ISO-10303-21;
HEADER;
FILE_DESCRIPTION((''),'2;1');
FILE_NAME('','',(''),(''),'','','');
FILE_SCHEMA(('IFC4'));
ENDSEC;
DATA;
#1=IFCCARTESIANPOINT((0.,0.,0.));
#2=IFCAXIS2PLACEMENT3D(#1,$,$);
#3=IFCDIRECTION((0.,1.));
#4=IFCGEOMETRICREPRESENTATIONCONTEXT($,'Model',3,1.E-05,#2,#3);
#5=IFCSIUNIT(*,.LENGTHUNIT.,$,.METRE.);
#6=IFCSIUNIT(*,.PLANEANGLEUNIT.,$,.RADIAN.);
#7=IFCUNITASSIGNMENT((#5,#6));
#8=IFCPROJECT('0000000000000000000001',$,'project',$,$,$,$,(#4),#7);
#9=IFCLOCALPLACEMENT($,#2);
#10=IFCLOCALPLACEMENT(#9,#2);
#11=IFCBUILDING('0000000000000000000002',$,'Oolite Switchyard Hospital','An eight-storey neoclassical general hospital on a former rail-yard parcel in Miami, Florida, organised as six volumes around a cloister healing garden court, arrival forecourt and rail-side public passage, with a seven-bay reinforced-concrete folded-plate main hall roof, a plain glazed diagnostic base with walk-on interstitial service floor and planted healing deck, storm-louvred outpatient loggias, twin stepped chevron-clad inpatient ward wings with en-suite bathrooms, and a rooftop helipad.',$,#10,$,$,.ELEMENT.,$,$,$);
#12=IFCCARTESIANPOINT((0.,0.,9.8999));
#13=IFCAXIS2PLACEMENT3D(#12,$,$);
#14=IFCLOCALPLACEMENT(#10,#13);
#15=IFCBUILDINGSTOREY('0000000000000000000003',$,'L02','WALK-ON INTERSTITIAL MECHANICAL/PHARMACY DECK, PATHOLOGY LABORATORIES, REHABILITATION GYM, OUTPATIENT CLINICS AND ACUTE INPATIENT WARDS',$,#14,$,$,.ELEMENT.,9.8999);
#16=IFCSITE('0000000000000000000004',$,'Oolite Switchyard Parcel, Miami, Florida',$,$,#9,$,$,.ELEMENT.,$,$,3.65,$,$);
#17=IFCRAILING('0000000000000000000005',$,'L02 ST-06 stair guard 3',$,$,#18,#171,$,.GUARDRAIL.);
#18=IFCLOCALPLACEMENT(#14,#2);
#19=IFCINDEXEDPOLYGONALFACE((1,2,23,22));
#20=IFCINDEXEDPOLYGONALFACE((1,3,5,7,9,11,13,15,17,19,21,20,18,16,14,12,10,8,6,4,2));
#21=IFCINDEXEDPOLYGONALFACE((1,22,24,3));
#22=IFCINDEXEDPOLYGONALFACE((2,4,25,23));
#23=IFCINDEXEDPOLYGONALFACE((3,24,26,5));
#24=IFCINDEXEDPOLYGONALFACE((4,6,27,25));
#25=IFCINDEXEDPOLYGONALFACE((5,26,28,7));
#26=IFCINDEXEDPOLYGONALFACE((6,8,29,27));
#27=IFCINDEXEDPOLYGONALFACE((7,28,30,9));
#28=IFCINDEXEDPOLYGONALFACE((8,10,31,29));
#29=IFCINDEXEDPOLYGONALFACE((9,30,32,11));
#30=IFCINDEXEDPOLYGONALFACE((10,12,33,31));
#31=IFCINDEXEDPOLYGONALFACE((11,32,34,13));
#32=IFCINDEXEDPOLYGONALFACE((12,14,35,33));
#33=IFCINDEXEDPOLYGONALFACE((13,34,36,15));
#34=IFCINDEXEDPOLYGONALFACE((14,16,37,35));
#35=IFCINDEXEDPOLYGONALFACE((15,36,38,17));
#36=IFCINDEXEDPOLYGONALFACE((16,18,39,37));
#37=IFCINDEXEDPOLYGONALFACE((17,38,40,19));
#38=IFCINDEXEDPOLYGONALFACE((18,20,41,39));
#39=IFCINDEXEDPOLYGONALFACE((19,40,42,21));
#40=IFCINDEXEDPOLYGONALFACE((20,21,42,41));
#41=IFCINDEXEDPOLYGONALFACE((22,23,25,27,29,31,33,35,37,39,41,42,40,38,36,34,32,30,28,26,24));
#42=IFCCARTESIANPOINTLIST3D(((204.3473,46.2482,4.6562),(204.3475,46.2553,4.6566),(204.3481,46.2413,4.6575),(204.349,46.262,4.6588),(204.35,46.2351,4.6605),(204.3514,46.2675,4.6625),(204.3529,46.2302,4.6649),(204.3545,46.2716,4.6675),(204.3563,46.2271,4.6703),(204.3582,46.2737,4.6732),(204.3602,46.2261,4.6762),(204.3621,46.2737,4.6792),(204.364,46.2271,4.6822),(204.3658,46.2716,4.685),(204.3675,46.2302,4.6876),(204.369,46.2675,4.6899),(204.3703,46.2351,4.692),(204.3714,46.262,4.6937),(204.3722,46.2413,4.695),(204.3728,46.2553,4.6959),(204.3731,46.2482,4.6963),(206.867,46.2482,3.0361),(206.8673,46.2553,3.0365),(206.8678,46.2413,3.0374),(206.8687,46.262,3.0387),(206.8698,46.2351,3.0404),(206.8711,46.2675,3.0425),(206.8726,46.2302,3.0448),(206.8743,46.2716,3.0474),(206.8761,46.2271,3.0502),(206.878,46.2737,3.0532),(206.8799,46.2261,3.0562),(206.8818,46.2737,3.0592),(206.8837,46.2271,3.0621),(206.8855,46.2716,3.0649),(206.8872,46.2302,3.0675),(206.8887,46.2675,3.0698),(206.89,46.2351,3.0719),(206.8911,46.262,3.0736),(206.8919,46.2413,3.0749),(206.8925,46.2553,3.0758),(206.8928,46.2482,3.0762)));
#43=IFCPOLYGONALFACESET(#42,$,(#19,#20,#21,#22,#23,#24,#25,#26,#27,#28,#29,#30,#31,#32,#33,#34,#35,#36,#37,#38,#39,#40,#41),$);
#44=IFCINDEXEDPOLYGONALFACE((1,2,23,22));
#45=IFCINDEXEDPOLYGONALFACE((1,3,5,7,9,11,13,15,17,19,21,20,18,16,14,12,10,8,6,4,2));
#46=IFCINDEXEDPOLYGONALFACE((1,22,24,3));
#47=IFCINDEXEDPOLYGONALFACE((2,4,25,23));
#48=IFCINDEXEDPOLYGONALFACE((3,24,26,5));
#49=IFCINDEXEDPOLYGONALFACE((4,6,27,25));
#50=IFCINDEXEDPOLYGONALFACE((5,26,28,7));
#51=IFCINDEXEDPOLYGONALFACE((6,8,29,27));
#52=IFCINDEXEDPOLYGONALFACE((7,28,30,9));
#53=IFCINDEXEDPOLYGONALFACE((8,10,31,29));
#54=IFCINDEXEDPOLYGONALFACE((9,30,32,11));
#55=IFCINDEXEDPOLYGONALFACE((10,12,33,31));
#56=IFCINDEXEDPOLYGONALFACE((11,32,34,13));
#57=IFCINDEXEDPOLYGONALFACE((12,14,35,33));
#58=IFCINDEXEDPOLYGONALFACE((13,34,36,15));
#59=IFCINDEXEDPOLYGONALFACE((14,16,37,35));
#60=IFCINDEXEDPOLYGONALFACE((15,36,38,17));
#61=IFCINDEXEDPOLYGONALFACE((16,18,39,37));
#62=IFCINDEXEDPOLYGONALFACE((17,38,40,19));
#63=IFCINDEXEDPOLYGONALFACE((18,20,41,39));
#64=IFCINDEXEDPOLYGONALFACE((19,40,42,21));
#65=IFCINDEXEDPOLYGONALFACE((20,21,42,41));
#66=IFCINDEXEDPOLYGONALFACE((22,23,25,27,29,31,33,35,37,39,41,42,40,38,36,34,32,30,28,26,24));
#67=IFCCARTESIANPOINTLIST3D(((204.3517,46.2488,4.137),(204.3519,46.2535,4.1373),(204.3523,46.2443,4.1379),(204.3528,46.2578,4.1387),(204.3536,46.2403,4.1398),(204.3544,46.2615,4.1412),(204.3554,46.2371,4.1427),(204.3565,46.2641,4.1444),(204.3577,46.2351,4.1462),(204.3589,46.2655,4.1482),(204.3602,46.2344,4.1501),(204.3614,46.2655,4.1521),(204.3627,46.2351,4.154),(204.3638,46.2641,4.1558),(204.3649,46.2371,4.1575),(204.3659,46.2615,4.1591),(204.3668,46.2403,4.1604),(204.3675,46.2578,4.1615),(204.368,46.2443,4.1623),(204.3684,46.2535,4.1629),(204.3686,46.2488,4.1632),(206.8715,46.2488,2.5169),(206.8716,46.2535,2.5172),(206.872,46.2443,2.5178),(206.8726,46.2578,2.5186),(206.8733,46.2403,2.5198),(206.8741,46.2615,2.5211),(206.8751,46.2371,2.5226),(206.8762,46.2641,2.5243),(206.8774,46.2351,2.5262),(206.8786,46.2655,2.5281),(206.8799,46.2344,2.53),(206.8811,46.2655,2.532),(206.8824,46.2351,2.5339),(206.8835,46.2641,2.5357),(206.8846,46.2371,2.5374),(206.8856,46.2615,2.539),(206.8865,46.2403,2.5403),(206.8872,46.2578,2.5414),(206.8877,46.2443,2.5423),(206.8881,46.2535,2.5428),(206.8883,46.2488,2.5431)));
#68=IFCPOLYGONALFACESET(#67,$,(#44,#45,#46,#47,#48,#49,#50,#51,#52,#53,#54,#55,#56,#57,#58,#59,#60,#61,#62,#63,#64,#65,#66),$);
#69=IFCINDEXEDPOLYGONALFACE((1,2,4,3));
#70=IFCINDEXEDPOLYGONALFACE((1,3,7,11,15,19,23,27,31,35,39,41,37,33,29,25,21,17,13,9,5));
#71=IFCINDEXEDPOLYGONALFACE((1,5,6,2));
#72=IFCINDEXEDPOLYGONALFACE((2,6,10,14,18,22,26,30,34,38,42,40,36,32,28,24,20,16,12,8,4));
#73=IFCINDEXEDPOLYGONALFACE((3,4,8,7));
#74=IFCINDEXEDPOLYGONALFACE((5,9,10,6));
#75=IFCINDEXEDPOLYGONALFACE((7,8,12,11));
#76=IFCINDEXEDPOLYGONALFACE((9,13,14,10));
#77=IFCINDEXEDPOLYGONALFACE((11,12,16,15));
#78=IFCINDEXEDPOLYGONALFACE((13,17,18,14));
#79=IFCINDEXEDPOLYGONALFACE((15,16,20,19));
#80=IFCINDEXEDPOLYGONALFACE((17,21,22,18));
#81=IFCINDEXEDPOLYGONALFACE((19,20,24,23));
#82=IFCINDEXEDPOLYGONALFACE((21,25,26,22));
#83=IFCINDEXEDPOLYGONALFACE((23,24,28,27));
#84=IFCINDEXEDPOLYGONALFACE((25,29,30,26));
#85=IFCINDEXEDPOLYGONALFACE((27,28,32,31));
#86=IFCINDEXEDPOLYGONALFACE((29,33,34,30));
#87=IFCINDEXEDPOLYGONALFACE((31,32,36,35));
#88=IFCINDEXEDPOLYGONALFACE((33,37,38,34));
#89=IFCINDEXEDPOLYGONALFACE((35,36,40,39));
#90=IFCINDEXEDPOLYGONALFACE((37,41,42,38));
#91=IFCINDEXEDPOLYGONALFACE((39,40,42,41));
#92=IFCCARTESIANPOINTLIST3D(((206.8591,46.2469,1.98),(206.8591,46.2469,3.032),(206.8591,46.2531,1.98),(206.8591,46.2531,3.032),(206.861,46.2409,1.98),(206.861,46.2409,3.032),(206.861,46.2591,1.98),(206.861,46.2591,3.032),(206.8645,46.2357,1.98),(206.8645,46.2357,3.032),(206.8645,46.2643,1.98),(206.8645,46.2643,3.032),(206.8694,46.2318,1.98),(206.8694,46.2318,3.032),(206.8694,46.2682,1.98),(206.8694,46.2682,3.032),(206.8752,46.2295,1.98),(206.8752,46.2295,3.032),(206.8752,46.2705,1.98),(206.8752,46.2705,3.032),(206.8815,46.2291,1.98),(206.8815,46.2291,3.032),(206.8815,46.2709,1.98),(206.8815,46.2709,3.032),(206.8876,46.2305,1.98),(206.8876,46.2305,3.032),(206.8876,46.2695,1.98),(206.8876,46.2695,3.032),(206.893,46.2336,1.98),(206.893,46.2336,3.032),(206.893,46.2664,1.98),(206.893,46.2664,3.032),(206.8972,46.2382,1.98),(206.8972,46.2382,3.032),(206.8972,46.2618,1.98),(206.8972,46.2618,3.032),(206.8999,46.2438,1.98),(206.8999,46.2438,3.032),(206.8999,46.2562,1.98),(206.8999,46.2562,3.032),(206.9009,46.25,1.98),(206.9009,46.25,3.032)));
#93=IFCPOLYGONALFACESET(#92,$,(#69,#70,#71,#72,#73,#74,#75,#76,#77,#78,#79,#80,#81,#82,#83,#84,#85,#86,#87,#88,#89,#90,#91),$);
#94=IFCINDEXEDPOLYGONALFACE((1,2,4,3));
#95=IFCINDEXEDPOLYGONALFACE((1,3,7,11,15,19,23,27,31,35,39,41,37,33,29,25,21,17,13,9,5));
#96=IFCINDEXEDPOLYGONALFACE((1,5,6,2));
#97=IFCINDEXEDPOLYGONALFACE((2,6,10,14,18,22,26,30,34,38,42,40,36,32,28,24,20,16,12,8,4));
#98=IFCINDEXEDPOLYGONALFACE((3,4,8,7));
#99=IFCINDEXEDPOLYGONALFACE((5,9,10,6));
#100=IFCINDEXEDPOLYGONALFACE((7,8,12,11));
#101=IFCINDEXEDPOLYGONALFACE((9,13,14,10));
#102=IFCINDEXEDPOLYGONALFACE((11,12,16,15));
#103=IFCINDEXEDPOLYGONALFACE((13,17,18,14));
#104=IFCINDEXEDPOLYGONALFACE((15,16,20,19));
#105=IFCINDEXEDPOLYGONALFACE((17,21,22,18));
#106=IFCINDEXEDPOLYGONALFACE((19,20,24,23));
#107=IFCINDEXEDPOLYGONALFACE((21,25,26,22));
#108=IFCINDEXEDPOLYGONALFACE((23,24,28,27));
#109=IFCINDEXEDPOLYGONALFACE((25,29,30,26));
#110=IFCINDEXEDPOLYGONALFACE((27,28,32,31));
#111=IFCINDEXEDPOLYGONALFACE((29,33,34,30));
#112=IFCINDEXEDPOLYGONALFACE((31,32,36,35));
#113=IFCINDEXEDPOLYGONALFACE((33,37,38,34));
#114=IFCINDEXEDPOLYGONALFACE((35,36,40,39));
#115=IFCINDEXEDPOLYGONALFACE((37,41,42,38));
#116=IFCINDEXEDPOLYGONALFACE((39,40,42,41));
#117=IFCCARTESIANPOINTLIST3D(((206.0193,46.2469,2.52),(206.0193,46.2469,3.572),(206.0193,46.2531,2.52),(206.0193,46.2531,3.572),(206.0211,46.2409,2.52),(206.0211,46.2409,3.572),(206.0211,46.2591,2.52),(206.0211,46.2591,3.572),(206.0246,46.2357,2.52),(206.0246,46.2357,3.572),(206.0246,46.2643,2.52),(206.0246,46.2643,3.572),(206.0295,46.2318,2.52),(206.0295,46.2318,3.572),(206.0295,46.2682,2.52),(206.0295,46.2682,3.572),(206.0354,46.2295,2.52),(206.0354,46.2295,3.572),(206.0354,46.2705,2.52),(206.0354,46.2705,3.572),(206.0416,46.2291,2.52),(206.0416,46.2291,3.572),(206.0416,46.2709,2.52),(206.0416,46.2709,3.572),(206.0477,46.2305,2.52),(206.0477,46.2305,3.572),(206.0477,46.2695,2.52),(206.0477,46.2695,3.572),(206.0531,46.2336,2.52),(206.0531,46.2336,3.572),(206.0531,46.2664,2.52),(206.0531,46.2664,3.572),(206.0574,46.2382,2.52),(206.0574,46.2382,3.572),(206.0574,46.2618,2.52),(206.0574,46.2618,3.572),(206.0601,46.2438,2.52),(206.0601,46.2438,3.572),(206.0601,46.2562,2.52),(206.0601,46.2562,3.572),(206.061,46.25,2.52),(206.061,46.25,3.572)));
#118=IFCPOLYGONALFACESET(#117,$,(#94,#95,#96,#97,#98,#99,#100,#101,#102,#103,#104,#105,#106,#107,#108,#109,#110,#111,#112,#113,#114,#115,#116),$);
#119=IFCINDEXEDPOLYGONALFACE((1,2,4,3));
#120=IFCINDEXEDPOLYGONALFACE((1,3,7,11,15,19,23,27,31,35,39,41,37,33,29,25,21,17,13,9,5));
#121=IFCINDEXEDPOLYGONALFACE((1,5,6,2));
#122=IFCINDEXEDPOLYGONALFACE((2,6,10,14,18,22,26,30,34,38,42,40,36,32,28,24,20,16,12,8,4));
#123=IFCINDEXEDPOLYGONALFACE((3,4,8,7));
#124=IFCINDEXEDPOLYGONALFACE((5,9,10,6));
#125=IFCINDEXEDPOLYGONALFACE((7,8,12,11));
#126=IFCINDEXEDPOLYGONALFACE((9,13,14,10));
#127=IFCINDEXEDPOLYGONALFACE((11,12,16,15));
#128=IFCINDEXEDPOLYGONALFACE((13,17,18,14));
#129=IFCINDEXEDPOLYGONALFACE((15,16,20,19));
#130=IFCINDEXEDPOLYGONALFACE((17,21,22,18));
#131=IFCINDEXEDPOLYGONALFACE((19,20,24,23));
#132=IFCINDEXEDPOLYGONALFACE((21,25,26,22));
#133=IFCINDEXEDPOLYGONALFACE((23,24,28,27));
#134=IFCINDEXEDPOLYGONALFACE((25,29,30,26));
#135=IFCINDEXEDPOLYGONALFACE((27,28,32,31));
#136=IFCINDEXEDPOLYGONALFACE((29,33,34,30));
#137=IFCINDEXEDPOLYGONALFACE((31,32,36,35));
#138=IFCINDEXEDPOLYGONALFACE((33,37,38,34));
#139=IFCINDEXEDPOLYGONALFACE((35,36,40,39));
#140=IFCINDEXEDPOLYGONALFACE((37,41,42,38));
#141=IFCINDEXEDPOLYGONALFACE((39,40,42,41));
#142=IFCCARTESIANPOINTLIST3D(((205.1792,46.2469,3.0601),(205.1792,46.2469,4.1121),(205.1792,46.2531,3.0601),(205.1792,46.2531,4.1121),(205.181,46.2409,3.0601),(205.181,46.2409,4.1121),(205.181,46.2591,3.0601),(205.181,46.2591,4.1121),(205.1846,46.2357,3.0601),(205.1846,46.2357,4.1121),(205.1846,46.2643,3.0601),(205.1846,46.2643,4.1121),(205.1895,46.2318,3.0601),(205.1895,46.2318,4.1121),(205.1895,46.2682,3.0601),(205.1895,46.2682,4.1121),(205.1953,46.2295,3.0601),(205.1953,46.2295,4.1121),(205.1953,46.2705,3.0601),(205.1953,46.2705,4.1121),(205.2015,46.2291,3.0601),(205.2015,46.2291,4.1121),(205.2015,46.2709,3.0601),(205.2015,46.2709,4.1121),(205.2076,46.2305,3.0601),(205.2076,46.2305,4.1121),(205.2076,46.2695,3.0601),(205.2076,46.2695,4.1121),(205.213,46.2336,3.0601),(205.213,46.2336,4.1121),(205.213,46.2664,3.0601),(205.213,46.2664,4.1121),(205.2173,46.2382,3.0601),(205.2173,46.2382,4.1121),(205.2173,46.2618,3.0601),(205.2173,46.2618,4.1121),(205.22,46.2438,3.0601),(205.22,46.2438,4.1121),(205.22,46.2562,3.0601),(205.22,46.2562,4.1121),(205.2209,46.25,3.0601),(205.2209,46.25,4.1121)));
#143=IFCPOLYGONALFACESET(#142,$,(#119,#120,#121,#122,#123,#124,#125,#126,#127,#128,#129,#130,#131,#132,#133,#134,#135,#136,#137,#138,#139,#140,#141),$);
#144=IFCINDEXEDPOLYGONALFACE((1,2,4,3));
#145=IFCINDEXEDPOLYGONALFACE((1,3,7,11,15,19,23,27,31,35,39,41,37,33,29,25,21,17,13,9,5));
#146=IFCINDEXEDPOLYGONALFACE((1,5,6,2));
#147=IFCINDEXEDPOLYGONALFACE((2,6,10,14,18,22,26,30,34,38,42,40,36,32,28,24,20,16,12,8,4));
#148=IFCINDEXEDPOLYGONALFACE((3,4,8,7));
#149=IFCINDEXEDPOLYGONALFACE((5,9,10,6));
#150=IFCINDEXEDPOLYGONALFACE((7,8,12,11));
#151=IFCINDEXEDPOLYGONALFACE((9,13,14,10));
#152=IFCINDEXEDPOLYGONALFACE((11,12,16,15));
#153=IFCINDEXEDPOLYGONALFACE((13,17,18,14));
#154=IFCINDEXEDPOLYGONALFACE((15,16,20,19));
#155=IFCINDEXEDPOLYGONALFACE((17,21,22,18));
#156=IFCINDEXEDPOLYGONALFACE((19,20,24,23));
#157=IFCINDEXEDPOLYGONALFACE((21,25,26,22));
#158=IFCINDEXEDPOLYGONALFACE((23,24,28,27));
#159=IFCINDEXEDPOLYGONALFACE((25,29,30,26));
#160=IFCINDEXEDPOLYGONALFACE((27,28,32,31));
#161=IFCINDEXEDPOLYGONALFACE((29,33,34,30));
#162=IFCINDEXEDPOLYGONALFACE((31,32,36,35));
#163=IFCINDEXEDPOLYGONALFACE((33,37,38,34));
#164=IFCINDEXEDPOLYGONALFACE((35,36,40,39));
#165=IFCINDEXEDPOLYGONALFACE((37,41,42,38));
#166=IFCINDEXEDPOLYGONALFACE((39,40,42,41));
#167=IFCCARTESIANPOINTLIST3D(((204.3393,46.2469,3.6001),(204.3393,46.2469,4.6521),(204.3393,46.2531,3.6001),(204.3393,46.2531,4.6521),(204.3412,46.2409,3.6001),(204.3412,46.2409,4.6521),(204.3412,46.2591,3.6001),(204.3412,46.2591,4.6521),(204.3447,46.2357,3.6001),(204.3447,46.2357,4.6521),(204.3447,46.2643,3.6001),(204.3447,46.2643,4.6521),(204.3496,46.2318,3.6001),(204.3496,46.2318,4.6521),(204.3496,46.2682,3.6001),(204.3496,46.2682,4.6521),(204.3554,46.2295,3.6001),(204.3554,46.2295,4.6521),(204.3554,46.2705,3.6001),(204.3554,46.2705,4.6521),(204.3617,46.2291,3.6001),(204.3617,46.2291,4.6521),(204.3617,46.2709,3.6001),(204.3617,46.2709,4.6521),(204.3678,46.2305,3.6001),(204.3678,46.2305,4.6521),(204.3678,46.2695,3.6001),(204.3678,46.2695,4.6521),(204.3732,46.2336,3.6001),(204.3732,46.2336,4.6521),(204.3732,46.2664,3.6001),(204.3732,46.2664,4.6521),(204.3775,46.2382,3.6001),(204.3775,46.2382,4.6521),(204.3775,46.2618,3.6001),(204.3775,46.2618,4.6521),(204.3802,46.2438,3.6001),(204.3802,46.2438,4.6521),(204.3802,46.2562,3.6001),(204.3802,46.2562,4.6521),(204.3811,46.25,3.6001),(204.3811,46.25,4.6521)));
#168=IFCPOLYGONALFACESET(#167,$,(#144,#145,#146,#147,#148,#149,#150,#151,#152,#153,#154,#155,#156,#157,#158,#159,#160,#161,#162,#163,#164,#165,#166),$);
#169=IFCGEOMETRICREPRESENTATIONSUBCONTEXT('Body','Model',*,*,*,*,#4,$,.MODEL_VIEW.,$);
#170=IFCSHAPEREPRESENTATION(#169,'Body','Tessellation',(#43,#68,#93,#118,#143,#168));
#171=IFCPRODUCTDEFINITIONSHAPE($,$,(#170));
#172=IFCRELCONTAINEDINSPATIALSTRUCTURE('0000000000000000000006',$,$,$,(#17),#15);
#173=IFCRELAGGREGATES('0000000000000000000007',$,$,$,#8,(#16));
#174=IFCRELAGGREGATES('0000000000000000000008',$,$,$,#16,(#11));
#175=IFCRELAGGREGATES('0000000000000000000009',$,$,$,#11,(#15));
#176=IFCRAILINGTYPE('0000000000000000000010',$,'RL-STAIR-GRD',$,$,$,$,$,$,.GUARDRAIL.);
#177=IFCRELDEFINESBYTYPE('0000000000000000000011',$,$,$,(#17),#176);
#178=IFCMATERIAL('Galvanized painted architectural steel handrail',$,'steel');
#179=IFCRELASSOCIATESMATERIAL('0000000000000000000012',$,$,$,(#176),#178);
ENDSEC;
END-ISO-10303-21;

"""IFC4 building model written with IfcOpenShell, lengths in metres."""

from ifc_helpers import new_model, si_unit, direction, frame, origin, origin_2d, place, context, subcontext, project, spatial, circle, extrude, material, type_object, element, save


model = new_model("IFC4")

# Units and contexts
model_context = context("Model", 3, precision=1e-05, world=origin(), true_north=direction((0.0, 1.0)))
body_context = subcontext(model_context, "Body", "Model", "MODEL_VIEW")
ifc_project = project(units=[si_unit("LENGTHUNIT", "METRE"), si_unit("PLANEANGLEUNIT", "RADIAN")], contexts=[model_context])

# Site, building, storey
site_placement = place(None, origin())
site = spatial("IfcSite", under=ifc_project, at=site_placement, Name="Oolite Switchyard Parcel, Miami, Florida", CompositionType="ELEMENT", RefElevation=3.65)
building_placement = place(site_placement, origin())
building = spatial("IfcBuilding", under=site, at=building_placement, Name="Oolite Switchyard Hospital", Description="An eight-storey neoclassical general hospital on a former rail-yard parcel in Miami, Florida, organised as six volumes around a cloister healing garden court, arrival forecourt and rail-side public passage, with a seven-bay reinforced-concrete folded-plate main hall roof, a plain glazed diagnostic base with walk-on interstitial service floor and planted healing deck, storm-louvred outpatient loggias, twin stepped chevron-clad inpatient ward wings with en-suite bathrooms, and a rooftop helipad.", CompositionType="ELEMENT")
storey_placement = place(building_placement, frame((0.0, 0.0, 9.8999)))
storey = spatial("IfcBuildingStorey", under=building, at=storey_placement, Name="L02", Description="WALK-ON INTERSTITIAL MECHANICAL/PHARMACY DECK, PATHOLOGY LABORATORIES, REHABILITATION GYM, OUTPATIENT CLINICS AND ACUTE INPATIENT WARDS", CompositionType="ELEMENT", Elevation=9.8999)

# Railing
ifc_material_1 = material(Name="Galvanized painted architectural steel handrail", Category="steel")
railing_type_1 = type_object("IfcRailingType", Name="RL-STAIR-GRD", PredefinedType="GUARDRAIL", material=ifc_material_1)
railing_1_placement = place(storey_placement, frame((206.8799, 46.25, 1.98)))
element("IfcRailing", 1, at=railing_1_placement, inside=storey, type_object=railing_type_1, Name="L02 ST-06 stair guard 3", PredefinedType="GUARDRAIL", context=body_context, shape_type="SweptSolid", body=[
    extrude(circle(Radius=0.0239, at=origin_2d()), frame((0.0, 0.0, 1.0762), z_axis=(-0.841139, 0.0, 0.540819), x_axis=(0.0, -1.0, 0.0)), (0.0, 0.0, 1.0), 2.9956),
    extrude(circle(Radius=0.0156, at=origin_2d()), frame((0.0, 0.0, 0.55), z_axis=(-0.841139, 0.0, 0.540819), x_axis=(0.0, -1.0, 0.0)), (0.0, 0.0, 1.0), 2.9956),
    extrude(circle(Radius=0.021, at=origin_2d()), origin(), (0.0, 0.0, 1.0), 1.052),
    extrude(circle(Radius=0.021, at=origin_2d()), frame((-0.8398, 0.0, 0.54)), (0.0, 0.0, 1.0), 1.052),
    extrude(circle(Radius=0.021, at=origin_2d()), frame((-1.6799, 0.0, 1.0801)), (0.0, 0.0, 1.0), 1.052),
    extrude(circle(Radius=0.021, at=origin_2d()), frame((-2.5198, 0.0, 1.6201)), (0.0, 0.0, 1.0), 1.052),
])

save(model, "model.ifc")
